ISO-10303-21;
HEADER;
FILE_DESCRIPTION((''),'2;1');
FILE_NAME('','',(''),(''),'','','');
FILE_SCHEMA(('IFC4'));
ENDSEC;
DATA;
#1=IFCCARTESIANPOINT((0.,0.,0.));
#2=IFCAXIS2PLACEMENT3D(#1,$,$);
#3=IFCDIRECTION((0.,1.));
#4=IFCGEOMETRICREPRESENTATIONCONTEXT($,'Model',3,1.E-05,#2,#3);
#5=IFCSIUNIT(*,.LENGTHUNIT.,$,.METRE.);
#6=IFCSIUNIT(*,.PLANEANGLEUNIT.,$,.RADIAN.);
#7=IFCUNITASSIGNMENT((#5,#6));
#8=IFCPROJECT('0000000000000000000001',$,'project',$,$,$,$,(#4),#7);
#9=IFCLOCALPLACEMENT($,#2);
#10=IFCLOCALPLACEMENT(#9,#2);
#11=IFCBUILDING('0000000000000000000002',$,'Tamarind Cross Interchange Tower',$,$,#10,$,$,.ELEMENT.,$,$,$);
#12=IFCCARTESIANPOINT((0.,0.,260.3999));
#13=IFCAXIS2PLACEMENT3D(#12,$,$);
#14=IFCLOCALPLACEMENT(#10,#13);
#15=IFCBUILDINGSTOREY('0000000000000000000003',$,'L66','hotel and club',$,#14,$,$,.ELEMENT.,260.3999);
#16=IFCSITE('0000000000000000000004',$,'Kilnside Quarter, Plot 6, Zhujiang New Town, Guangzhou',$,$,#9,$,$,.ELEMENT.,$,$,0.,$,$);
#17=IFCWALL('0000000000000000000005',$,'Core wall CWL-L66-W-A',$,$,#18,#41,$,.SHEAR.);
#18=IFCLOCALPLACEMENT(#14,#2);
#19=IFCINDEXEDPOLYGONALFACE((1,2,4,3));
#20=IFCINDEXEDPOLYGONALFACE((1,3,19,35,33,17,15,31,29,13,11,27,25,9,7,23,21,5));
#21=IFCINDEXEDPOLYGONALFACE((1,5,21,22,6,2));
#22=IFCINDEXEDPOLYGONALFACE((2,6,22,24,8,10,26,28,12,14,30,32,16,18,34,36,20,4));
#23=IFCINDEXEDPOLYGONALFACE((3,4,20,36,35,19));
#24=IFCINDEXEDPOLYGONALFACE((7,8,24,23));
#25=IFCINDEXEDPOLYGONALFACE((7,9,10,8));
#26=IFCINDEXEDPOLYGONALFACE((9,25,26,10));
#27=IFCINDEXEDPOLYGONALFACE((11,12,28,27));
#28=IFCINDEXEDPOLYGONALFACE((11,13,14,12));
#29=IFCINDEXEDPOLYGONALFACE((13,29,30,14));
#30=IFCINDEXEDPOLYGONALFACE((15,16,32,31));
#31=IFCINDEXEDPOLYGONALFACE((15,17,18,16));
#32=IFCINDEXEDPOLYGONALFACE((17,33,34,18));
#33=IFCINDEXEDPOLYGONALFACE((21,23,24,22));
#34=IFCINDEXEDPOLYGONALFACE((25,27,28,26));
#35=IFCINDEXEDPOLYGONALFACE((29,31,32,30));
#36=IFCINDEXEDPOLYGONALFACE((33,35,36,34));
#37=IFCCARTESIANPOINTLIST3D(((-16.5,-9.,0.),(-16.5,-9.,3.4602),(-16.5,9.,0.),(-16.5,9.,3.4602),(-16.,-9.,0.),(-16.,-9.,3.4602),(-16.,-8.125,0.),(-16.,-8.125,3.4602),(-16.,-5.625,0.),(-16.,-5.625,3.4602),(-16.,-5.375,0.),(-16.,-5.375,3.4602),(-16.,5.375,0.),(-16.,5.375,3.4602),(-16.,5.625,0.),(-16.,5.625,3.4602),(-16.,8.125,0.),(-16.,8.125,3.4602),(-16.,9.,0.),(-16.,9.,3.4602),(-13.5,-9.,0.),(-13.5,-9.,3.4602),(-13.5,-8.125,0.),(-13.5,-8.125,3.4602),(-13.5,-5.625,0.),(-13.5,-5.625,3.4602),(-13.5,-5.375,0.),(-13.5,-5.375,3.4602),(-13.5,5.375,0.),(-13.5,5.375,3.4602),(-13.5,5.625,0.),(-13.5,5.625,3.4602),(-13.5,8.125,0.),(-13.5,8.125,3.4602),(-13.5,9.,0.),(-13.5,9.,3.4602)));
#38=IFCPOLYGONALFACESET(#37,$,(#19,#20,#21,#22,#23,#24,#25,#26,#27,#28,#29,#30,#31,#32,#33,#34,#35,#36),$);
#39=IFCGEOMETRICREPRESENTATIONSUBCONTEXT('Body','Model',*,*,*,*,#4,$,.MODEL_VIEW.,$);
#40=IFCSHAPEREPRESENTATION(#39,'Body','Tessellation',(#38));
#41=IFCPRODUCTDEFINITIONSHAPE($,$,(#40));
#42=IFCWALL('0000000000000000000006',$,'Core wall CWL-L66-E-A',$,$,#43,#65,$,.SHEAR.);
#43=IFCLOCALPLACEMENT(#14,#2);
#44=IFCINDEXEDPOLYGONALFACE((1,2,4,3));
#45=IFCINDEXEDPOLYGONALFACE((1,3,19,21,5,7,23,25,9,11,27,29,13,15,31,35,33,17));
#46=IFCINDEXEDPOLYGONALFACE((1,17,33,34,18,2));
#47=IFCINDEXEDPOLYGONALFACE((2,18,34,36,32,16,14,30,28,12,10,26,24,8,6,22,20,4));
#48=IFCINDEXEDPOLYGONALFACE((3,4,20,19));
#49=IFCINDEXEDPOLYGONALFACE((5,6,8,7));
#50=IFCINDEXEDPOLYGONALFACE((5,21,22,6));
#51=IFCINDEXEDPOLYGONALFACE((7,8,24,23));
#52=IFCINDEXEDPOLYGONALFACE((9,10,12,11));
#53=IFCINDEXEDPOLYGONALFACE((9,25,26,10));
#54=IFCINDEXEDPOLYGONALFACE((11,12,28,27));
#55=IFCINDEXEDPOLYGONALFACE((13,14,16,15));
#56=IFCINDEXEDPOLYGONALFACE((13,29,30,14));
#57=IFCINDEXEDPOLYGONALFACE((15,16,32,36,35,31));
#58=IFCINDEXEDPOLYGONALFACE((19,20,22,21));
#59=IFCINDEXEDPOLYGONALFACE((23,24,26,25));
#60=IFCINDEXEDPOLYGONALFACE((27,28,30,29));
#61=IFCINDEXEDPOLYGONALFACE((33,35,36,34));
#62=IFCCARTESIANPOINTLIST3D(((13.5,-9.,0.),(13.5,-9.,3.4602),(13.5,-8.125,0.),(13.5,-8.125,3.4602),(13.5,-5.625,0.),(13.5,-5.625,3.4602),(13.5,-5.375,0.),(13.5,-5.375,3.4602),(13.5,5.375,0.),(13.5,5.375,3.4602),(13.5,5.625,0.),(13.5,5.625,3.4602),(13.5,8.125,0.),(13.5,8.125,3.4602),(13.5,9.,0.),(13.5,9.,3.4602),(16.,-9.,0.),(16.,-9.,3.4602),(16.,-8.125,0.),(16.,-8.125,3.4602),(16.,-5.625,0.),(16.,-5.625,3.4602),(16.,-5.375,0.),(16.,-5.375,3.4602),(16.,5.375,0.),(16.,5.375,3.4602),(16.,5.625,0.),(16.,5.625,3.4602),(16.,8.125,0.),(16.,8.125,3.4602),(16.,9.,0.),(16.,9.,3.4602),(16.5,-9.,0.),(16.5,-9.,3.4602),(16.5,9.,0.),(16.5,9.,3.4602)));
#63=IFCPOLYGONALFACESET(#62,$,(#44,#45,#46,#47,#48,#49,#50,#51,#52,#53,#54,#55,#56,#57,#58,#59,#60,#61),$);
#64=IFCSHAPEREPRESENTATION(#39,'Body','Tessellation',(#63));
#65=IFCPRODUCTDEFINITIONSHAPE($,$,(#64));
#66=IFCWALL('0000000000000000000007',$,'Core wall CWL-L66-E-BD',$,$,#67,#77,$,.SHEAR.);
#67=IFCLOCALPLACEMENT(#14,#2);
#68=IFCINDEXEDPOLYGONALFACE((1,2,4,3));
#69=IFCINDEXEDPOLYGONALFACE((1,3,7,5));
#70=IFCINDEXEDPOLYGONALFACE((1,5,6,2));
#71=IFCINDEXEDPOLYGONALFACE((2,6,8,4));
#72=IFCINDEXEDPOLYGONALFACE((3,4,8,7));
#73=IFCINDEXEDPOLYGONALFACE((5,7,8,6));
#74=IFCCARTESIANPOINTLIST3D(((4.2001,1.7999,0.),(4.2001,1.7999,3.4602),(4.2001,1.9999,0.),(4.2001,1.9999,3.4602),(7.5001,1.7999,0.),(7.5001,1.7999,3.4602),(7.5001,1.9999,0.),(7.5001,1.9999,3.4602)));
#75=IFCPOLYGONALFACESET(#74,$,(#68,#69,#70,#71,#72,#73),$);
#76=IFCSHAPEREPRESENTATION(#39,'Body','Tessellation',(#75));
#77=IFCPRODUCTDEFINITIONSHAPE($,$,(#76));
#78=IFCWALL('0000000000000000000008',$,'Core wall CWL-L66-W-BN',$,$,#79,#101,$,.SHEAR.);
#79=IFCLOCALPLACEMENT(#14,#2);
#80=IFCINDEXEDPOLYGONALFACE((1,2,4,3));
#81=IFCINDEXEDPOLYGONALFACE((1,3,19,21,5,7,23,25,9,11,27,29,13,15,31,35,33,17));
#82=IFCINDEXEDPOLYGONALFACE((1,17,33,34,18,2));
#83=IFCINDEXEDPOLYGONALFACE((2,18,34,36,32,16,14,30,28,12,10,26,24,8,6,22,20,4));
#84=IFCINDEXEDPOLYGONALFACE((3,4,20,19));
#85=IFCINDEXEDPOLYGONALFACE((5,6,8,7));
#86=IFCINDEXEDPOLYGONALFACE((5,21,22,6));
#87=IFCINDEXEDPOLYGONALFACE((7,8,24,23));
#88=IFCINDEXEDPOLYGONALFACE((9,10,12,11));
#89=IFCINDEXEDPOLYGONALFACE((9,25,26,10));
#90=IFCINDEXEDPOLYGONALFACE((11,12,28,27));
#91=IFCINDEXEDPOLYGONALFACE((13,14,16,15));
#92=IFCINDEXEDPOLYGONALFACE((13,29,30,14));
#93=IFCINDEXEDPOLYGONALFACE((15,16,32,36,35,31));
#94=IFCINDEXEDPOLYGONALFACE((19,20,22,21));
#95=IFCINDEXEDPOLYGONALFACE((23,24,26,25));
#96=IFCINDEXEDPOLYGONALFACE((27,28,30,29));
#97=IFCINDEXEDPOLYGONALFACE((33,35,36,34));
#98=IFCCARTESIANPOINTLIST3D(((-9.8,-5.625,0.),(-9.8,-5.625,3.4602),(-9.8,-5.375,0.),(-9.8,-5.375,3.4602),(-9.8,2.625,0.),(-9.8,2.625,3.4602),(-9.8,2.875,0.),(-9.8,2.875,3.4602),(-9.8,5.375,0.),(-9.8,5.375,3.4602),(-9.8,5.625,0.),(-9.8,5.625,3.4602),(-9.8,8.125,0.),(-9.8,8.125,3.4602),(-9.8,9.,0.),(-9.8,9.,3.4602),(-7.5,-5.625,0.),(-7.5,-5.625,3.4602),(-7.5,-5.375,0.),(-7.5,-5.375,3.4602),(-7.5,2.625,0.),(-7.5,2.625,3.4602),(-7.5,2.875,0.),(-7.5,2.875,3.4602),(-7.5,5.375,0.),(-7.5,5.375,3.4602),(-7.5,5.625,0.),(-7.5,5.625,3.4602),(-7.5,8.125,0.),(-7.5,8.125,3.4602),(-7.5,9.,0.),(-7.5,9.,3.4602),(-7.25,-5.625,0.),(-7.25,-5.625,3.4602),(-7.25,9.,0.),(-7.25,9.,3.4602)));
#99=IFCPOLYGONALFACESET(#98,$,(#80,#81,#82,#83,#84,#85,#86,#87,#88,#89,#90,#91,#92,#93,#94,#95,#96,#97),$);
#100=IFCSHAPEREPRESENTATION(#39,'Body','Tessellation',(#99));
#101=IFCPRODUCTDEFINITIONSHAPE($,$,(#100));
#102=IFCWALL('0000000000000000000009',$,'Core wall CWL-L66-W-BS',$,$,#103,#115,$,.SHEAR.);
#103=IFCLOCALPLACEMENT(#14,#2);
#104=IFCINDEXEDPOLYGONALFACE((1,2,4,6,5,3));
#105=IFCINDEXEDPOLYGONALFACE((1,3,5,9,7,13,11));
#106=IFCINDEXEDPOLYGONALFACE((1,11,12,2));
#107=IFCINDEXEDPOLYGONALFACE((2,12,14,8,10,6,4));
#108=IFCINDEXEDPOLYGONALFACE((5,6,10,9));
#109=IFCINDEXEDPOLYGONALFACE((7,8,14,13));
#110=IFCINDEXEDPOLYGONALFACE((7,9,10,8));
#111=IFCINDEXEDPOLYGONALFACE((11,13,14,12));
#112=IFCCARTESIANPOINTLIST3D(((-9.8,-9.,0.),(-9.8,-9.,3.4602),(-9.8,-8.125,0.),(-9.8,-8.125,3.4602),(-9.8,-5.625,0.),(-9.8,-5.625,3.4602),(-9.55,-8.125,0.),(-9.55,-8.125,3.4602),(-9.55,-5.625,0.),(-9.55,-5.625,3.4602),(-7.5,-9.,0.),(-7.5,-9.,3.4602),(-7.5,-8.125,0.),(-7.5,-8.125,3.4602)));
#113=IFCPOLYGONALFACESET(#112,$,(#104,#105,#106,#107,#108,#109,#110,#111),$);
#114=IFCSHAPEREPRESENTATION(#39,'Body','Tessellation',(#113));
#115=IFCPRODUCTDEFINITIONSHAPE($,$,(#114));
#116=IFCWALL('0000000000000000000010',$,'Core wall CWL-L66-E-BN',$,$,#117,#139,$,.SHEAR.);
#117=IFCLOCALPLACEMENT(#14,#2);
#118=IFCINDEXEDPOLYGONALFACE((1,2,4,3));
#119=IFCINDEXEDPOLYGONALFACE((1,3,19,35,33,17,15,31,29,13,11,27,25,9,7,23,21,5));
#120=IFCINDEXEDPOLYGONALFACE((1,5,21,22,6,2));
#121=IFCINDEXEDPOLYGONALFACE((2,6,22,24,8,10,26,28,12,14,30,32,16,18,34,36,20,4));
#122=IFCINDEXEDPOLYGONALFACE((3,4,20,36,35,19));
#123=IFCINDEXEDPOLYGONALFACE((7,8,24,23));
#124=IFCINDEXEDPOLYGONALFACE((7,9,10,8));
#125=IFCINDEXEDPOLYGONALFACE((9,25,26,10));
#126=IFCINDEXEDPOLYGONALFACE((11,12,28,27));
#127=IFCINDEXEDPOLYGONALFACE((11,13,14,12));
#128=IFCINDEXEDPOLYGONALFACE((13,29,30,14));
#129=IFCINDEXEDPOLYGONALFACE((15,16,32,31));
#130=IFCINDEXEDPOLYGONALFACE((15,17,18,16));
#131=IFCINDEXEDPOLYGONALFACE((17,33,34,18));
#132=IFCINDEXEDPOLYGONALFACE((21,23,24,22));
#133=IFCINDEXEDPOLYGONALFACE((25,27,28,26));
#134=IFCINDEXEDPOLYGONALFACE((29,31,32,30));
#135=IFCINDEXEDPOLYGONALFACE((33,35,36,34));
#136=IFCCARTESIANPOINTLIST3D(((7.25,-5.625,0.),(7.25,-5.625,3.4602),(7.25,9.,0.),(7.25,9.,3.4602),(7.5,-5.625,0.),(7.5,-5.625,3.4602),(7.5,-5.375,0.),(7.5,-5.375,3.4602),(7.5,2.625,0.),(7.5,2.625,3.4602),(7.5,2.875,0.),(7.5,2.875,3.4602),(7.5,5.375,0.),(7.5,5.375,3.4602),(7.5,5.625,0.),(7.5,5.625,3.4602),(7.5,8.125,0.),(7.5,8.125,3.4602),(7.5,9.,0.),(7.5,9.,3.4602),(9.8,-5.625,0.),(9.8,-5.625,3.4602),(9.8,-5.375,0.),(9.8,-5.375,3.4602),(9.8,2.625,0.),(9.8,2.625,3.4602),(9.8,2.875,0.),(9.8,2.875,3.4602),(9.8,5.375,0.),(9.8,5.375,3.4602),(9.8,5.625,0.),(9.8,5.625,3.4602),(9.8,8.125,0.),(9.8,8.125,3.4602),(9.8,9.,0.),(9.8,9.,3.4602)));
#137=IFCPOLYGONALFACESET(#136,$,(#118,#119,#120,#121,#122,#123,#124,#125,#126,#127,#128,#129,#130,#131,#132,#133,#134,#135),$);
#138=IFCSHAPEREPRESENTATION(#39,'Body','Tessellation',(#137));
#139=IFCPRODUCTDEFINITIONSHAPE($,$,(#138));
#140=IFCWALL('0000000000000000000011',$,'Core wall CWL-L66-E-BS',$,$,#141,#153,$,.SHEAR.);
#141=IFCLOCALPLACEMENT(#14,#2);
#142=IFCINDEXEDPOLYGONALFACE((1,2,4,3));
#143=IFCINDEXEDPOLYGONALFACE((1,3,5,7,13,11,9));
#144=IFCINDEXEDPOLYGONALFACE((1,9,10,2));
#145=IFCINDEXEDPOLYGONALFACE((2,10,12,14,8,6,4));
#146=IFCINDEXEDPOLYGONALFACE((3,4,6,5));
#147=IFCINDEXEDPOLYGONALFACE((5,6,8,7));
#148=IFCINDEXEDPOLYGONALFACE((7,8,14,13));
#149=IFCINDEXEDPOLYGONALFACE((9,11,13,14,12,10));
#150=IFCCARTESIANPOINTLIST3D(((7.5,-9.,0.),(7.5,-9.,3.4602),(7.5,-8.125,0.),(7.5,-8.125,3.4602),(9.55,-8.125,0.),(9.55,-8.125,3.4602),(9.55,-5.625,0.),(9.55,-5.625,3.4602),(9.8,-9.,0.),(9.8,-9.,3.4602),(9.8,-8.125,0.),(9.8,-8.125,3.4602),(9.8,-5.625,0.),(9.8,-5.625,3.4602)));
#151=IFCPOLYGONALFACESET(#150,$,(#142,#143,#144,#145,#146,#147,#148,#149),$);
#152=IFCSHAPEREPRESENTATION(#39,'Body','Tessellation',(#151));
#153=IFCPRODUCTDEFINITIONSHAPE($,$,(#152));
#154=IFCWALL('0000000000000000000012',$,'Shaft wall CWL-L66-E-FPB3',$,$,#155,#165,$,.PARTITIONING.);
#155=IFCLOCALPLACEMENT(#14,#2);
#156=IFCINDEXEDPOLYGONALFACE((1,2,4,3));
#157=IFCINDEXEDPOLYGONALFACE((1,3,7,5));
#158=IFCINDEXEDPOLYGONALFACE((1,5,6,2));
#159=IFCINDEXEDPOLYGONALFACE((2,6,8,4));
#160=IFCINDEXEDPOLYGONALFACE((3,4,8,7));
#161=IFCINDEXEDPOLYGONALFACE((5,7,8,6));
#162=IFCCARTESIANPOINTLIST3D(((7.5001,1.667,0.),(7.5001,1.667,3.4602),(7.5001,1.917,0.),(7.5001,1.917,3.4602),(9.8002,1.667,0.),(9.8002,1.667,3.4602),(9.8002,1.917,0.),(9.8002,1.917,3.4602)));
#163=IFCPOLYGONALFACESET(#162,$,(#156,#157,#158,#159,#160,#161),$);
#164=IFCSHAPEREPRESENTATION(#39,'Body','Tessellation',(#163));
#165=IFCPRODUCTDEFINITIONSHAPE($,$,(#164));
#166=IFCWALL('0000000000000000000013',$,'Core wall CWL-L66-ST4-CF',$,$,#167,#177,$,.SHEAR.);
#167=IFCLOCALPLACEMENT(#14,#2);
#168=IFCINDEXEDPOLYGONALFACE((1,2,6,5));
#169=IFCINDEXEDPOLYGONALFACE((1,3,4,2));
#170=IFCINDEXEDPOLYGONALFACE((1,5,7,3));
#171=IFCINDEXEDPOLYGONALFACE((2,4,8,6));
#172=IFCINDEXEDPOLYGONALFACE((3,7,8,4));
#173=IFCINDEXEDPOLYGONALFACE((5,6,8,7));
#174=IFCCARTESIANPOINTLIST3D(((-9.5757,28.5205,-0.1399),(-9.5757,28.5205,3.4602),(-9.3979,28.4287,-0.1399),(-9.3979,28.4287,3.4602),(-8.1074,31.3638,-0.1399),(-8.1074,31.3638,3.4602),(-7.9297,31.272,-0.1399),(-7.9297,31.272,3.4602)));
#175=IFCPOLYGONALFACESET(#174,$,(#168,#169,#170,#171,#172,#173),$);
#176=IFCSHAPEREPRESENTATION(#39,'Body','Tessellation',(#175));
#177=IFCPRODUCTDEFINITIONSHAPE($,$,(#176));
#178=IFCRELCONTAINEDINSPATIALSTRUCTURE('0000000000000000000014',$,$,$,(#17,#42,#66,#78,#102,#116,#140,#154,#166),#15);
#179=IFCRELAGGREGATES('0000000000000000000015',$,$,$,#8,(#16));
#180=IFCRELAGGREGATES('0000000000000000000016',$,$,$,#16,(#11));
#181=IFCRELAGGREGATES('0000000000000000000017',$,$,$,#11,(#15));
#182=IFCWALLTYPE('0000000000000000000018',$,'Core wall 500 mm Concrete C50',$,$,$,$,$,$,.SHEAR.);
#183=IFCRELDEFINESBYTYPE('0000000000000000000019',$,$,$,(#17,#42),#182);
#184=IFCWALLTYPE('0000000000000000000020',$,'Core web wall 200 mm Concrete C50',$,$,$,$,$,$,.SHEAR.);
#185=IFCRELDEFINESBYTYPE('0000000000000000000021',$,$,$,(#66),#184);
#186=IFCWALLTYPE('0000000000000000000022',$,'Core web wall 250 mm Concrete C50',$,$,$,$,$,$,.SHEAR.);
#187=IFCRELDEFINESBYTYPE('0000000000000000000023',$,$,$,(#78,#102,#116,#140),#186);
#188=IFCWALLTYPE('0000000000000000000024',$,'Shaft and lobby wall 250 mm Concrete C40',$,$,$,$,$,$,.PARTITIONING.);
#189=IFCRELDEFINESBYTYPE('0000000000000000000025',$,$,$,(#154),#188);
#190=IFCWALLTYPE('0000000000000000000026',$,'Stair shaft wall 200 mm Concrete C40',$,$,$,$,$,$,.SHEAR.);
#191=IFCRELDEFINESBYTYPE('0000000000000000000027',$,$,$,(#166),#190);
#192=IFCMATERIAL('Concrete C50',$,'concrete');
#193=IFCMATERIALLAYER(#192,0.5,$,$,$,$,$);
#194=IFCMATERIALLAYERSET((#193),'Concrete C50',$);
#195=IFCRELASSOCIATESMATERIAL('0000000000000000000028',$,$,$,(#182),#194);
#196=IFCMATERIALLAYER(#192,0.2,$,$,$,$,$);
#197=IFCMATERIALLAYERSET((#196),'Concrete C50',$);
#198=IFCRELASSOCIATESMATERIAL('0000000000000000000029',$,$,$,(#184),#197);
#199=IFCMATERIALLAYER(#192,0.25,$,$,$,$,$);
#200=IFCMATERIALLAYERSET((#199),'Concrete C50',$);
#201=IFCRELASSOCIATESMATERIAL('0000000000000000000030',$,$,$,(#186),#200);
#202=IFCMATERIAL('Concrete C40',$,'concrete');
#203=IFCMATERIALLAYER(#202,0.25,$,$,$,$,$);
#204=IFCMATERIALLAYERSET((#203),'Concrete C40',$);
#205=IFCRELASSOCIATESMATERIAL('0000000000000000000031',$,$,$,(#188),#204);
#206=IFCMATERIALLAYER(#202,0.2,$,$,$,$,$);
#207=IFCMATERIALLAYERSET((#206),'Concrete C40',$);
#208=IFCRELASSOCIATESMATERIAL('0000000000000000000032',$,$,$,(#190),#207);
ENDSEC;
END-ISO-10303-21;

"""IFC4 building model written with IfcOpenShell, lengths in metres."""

from ifc_helpers import new_model, si_unit, direction, frame, frame_2d, origin, place, context, subcontext, project, spatial, polyline, rectangle, outline, extrude, material, layer, layer_set, type_object, element, save


model = new_model("IFC4")

# Units and contexts
model_context = context("Model", 3, precision=1e-05, world=origin(), true_north=direction((0.0, 1.0)))
body_context = subcontext(model_context, "Body", "Model", "MODEL_VIEW")
ifc_project = project(units=[si_unit("LENGTHUNIT", "METRE"), si_unit("PLANEANGLEUNIT", "RADIAN")], contexts=[model_context])

# Site, building, storey
site_placement = place(None, origin())
site = spatial("IfcSite", under=ifc_project, at=site_placement, Name="Kilnside Quarter, Plot 6, Zhujiang New Town, Guangzhou", CompositionType="ELEMENT", RefElevation=0.0)
building_placement = place(site_placement, origin())
building = spatial("IfcBuilding", under=site, at=building_placement, Name="Tamarind Cross Interchange Tower", CompositionType="ELEMENT")
storey_placement = place(building_placement, frame((0.0, 0.0, 260.3999)))
storey = spatial("IfcBuildingStorey", under=building, at=storey_placement, Name="L66", Description="hotel and club", CompositionType="ELEMENT", Elevation=260.3999)

# Shared definitions
ifc_material_1 = material(Name="Concrete C40", Category="concrete")

# Walls
ifc_material_2 = material(Name="Concrete C50", Category="concrete")
ifc_layer_1 = layer(ifc_material_2, 0.5)
ifc_layer_set_1 = layer_set([ifc_layer_1], Name="Concrete C50")
wall_type_1 = type_object("IfcWallType", Name="Core wall 500 mm Concrete C50", PredefinedType="SHEAR", material=ifc_layer_set_1)
wall_1_placement = place(storey_placement, origin())
element("IfcWall", 1, at=wall_1_placement, inside=storey, type_object=wall_type_1, Name="Core wall CWL-L66-W-A", PredefinedType="SHEAR", context=body_context, shape_type="SweptSolid", body=[
    extrude(outline(polyline([(-13.5, -8.125), (-16.0, -8.125), (-16.0, -5.625), (-13.5, -5.625), (-13.5, -5.375), (-16.0, -5.375), (-16.0, 5.375), (-13.5, 5.375), (-13.5, 5.625), (-16.0, 5.625), (-16.0, 8.125), (-13.5, 8.125), (-13.5, 9.0), (-16.0, 9.0), (-16.5, 9.0), (-16.5, -9.0), (-16.0, -9.0), (-13.5, -9.0), (-13.5, -8.125)])), origin(), (0.0, 0.0, 1.0), 3.4602),
])
wall_2_placement = place(storey_placement, origin())
element("IfcWall", 2, at=wall_2_placement, inside=storey, type_object=wall_type_1, Name="Core wall CWL-L66-E-A", PredefinedType="SHEAR", context=body_context, shape_type="SweptSolid", body=[
    extrude(outline(polyline([(13.5, -8.125), (13.5, -9.0), (16.0, -9.0), (16.5, -9.0), (16.5, 9.0), (16.0, 9.0), (13.5, 9.0), (13.5, 8.125), (16.0, 8.125), (16.0, 5.625), (13.5, 5.625), (13.5, 5.375), (16.0, 5.375), (16.0, -5.375), (13.5, -5.375), (13.5, -5.625), (16.0, -5.625), (16.0, -8.125), (13.5, -8.125)])), origin(), (0.0, 0.0, 1.0), 3.4602),
])
ifc_layer_2 = layer(ifc_material_2, 0.2)
ifc_layer_set_2 = layer_set([ifc_layer_2], Name="Concrete C50")
wall_type_2 = type_object("IfcWallType", Name="Core web wall 200 mm Concrete C50", PredefinedType="SHEAR", material=ifc_layer_set_2)
wall_3_placement = place(storey_placement, frame((7.5, 1.8999, 0.0), z_axis=(0.0, 0.0, 1.0), x_axis=(-1.0, 0.0, 0.0)))
element("IfcWall", 3, at=wall_3_placement, inside=storey, type_object=wall_type_2, Name="Core wall CWL-L66-E-BD", PredefinedType="SHEAR", context=body_context, shape_type="SweptSolid", body=[
    extrude(rectangle(XDim=3.3, YDim=0.2, at=frame_2d((1.6499, 0.0))), origin(), (0.0, 0.0, 1.0), 3.4602),
])
ifc_layer_3 = layer(ifc_material_2, 0.25)
ifc_layer_set_3 = layer_set([ifc_layer_3], Name="Concrete C50")
wall_type_3 = type_object("IfcWallType", Name="Core web wall 250 mm Concrete C50", PredefinedType="SHEAR", material=ifc_layer_set_3)
wall_4_placement = place(storey_placement, origin())
element("IfcWall", 4, at=wall_4_placement, inside=storey, type_object=wall_type_3, Name="Core wall CWL-L66-W-BN", PredefinedType="SHEAR", context=body_context, shape_type="SweptSolid", body=[
    extrude(outline(polyline([(-9.8, -5.375), (-9.8, -5.625), (-7.5, -5.625), (-7.25, -5.625), (-7.25, 9.0), (-7.5, 9.0), (-9.8, 9.0), (-9.8, 8.125), (-7.5, 8.125), (-7.5, 5.625), (-9.8, 5.625), (-9.8, 5.375), (-7.5, 5.375), (-7.5, 2.875), (-9.8, 2.875), (-9.8, 2.625), (-7.5, 2.625), (-7.5, -5.375), (-9.8, -5.375)])), origin(), (0.0, 0.0, 1.0), 3.4602),
])
wall_5_placement = place(storey_placement, origin())
element("IfcWall", 5, at=wall_5_placement, inside=storey, type_object=wall_type_3, Name="Core wall CWL-L66-W-BS", PredefinedType="SHEAR", context=body_context, shape_type="SweptSolid", body=[
    extrude(outline(polyline([(-7.5, -8.125), (-9.55, -8.125), (-9.55, -5.625), (-9.8, -5.625), (-9.8, -8.125), (-9.8, -9.0), (-7.5, -9.0), (-7.5, -8.125)])), origin(), (0.0, 0.0, 1.0), 3.4602),
])
wall_6_placement = place(storey_placement, origin())
element("IfcWall", 6, at=wall_6_placement, inside=storey, type_object=wall_type_3, Name="Core wall CWL-L66-E-BN", PredefinedType="SHEAR", context=body_context, shape_type="SweptSolid", body=[
    extrude(outline(polyline([(9.8, -5.375), (7.5, -5.375), (7.5, 2.625), (9.8, 2.625), (9.8, 2.875), (7.5, 2.875), (7.5, 5.375), (9.8, 5.375), (9.8, 5.625), (7.5, 5.625), (7.5, 8.125), (9.8, 8.125), (9.8, 9.0), (7.5, 9.0), (7.25, 9.0), (7.25, -5.625), (7.5, -5.625), (9.8, -5.625), (9.8, -5.375)])), origin(), (0.0, 0.0, 1.0), 3.4602),
])
wall_7_placement = place(storey_placement, origin())
element("IfcWall", 7, at=wall_7_placement, inside=storey, type_object=wall_type_3, Name="Core wall CWL-L66-E-BS", PredefinedType="SHEAR", context=body_context, shape_type="SweptSolid", body=[
    extrude(outline(polyline([(7.5, -8.125), (7.5, -9.0), (9.8, -9.0), (9.8, -8.125), (9.8, -5.625), (9.55, -5.625), (9.55, -8.125), (7.5, -8.125)])), origin(), (0.0, 0.0, 1.0), 3.4602),
])
ifc_layer_4 = layer(ifc_material_1, 0.25)
ifc_layer_set_4 = layer_set([ifc_layer_4], Name="Concrete C40")
wall_type_4 = type_object("IfcWallType", Name="Shaft and lobby wall 250 mm Concrete C40", PredefinedType="PARTITIONING", material=ifc_layer_set_4)
wall_8_placement = place(storey_placement, frame((9.8, 1.792, 0.0), z_axis=(0.0, 0.0, 1.0), x_axis=(-1.0, 0.0, 0.0)))
element("IfcWall", 8, at=wall_8_placement, inside=storey, type_object=wall_type_4, Name="Shaft wall CWL-L66-E-FPB3", PredefinedType="PARTITIONING", context=body_context, shape_type="SweptSolid", body=[
    extrude(rectangle(XDim=2.3, YDim=0.25, at=frame_2d((1.1499, 0.0))), origin(), (0.0, 0.0, 1.0), 3.4602),
])
ifc_layer_5 = layer(ifc_material_1, 0.2)
ifc_layer_set_5 = layer_set([ifc_layer_5], Name="Concrete C40")
wall_type_5 = type_object("IfcWallType", Name="Stair shaft wall 200 mm Concrete C40", PredefinedType="SHEAR", material=ifc_layer_set_5)
wall_9_placement = place(storey_placement, frame((0.0, 0.0, -0.1399)))
element("IfcWall", 9, at=wall_9_placement, inside=storey, type_object=wall_type_5, Name="Core wall CWL-L66-ST4-CF", PredefinedType="SHEAR", context=body_context, shape_type="SweptSolid", body=[
    extrude(outline(polyline([(-7.9297, 31.272), (-8.1074, 31.3638), (-9.5757, 28.5205), (-9.3979, 28.4287), (-7.9297, 31.272)])), origin(), (0.0, 0.0, 1.0), 3.6001),
])

save(model, "model.ifc")
